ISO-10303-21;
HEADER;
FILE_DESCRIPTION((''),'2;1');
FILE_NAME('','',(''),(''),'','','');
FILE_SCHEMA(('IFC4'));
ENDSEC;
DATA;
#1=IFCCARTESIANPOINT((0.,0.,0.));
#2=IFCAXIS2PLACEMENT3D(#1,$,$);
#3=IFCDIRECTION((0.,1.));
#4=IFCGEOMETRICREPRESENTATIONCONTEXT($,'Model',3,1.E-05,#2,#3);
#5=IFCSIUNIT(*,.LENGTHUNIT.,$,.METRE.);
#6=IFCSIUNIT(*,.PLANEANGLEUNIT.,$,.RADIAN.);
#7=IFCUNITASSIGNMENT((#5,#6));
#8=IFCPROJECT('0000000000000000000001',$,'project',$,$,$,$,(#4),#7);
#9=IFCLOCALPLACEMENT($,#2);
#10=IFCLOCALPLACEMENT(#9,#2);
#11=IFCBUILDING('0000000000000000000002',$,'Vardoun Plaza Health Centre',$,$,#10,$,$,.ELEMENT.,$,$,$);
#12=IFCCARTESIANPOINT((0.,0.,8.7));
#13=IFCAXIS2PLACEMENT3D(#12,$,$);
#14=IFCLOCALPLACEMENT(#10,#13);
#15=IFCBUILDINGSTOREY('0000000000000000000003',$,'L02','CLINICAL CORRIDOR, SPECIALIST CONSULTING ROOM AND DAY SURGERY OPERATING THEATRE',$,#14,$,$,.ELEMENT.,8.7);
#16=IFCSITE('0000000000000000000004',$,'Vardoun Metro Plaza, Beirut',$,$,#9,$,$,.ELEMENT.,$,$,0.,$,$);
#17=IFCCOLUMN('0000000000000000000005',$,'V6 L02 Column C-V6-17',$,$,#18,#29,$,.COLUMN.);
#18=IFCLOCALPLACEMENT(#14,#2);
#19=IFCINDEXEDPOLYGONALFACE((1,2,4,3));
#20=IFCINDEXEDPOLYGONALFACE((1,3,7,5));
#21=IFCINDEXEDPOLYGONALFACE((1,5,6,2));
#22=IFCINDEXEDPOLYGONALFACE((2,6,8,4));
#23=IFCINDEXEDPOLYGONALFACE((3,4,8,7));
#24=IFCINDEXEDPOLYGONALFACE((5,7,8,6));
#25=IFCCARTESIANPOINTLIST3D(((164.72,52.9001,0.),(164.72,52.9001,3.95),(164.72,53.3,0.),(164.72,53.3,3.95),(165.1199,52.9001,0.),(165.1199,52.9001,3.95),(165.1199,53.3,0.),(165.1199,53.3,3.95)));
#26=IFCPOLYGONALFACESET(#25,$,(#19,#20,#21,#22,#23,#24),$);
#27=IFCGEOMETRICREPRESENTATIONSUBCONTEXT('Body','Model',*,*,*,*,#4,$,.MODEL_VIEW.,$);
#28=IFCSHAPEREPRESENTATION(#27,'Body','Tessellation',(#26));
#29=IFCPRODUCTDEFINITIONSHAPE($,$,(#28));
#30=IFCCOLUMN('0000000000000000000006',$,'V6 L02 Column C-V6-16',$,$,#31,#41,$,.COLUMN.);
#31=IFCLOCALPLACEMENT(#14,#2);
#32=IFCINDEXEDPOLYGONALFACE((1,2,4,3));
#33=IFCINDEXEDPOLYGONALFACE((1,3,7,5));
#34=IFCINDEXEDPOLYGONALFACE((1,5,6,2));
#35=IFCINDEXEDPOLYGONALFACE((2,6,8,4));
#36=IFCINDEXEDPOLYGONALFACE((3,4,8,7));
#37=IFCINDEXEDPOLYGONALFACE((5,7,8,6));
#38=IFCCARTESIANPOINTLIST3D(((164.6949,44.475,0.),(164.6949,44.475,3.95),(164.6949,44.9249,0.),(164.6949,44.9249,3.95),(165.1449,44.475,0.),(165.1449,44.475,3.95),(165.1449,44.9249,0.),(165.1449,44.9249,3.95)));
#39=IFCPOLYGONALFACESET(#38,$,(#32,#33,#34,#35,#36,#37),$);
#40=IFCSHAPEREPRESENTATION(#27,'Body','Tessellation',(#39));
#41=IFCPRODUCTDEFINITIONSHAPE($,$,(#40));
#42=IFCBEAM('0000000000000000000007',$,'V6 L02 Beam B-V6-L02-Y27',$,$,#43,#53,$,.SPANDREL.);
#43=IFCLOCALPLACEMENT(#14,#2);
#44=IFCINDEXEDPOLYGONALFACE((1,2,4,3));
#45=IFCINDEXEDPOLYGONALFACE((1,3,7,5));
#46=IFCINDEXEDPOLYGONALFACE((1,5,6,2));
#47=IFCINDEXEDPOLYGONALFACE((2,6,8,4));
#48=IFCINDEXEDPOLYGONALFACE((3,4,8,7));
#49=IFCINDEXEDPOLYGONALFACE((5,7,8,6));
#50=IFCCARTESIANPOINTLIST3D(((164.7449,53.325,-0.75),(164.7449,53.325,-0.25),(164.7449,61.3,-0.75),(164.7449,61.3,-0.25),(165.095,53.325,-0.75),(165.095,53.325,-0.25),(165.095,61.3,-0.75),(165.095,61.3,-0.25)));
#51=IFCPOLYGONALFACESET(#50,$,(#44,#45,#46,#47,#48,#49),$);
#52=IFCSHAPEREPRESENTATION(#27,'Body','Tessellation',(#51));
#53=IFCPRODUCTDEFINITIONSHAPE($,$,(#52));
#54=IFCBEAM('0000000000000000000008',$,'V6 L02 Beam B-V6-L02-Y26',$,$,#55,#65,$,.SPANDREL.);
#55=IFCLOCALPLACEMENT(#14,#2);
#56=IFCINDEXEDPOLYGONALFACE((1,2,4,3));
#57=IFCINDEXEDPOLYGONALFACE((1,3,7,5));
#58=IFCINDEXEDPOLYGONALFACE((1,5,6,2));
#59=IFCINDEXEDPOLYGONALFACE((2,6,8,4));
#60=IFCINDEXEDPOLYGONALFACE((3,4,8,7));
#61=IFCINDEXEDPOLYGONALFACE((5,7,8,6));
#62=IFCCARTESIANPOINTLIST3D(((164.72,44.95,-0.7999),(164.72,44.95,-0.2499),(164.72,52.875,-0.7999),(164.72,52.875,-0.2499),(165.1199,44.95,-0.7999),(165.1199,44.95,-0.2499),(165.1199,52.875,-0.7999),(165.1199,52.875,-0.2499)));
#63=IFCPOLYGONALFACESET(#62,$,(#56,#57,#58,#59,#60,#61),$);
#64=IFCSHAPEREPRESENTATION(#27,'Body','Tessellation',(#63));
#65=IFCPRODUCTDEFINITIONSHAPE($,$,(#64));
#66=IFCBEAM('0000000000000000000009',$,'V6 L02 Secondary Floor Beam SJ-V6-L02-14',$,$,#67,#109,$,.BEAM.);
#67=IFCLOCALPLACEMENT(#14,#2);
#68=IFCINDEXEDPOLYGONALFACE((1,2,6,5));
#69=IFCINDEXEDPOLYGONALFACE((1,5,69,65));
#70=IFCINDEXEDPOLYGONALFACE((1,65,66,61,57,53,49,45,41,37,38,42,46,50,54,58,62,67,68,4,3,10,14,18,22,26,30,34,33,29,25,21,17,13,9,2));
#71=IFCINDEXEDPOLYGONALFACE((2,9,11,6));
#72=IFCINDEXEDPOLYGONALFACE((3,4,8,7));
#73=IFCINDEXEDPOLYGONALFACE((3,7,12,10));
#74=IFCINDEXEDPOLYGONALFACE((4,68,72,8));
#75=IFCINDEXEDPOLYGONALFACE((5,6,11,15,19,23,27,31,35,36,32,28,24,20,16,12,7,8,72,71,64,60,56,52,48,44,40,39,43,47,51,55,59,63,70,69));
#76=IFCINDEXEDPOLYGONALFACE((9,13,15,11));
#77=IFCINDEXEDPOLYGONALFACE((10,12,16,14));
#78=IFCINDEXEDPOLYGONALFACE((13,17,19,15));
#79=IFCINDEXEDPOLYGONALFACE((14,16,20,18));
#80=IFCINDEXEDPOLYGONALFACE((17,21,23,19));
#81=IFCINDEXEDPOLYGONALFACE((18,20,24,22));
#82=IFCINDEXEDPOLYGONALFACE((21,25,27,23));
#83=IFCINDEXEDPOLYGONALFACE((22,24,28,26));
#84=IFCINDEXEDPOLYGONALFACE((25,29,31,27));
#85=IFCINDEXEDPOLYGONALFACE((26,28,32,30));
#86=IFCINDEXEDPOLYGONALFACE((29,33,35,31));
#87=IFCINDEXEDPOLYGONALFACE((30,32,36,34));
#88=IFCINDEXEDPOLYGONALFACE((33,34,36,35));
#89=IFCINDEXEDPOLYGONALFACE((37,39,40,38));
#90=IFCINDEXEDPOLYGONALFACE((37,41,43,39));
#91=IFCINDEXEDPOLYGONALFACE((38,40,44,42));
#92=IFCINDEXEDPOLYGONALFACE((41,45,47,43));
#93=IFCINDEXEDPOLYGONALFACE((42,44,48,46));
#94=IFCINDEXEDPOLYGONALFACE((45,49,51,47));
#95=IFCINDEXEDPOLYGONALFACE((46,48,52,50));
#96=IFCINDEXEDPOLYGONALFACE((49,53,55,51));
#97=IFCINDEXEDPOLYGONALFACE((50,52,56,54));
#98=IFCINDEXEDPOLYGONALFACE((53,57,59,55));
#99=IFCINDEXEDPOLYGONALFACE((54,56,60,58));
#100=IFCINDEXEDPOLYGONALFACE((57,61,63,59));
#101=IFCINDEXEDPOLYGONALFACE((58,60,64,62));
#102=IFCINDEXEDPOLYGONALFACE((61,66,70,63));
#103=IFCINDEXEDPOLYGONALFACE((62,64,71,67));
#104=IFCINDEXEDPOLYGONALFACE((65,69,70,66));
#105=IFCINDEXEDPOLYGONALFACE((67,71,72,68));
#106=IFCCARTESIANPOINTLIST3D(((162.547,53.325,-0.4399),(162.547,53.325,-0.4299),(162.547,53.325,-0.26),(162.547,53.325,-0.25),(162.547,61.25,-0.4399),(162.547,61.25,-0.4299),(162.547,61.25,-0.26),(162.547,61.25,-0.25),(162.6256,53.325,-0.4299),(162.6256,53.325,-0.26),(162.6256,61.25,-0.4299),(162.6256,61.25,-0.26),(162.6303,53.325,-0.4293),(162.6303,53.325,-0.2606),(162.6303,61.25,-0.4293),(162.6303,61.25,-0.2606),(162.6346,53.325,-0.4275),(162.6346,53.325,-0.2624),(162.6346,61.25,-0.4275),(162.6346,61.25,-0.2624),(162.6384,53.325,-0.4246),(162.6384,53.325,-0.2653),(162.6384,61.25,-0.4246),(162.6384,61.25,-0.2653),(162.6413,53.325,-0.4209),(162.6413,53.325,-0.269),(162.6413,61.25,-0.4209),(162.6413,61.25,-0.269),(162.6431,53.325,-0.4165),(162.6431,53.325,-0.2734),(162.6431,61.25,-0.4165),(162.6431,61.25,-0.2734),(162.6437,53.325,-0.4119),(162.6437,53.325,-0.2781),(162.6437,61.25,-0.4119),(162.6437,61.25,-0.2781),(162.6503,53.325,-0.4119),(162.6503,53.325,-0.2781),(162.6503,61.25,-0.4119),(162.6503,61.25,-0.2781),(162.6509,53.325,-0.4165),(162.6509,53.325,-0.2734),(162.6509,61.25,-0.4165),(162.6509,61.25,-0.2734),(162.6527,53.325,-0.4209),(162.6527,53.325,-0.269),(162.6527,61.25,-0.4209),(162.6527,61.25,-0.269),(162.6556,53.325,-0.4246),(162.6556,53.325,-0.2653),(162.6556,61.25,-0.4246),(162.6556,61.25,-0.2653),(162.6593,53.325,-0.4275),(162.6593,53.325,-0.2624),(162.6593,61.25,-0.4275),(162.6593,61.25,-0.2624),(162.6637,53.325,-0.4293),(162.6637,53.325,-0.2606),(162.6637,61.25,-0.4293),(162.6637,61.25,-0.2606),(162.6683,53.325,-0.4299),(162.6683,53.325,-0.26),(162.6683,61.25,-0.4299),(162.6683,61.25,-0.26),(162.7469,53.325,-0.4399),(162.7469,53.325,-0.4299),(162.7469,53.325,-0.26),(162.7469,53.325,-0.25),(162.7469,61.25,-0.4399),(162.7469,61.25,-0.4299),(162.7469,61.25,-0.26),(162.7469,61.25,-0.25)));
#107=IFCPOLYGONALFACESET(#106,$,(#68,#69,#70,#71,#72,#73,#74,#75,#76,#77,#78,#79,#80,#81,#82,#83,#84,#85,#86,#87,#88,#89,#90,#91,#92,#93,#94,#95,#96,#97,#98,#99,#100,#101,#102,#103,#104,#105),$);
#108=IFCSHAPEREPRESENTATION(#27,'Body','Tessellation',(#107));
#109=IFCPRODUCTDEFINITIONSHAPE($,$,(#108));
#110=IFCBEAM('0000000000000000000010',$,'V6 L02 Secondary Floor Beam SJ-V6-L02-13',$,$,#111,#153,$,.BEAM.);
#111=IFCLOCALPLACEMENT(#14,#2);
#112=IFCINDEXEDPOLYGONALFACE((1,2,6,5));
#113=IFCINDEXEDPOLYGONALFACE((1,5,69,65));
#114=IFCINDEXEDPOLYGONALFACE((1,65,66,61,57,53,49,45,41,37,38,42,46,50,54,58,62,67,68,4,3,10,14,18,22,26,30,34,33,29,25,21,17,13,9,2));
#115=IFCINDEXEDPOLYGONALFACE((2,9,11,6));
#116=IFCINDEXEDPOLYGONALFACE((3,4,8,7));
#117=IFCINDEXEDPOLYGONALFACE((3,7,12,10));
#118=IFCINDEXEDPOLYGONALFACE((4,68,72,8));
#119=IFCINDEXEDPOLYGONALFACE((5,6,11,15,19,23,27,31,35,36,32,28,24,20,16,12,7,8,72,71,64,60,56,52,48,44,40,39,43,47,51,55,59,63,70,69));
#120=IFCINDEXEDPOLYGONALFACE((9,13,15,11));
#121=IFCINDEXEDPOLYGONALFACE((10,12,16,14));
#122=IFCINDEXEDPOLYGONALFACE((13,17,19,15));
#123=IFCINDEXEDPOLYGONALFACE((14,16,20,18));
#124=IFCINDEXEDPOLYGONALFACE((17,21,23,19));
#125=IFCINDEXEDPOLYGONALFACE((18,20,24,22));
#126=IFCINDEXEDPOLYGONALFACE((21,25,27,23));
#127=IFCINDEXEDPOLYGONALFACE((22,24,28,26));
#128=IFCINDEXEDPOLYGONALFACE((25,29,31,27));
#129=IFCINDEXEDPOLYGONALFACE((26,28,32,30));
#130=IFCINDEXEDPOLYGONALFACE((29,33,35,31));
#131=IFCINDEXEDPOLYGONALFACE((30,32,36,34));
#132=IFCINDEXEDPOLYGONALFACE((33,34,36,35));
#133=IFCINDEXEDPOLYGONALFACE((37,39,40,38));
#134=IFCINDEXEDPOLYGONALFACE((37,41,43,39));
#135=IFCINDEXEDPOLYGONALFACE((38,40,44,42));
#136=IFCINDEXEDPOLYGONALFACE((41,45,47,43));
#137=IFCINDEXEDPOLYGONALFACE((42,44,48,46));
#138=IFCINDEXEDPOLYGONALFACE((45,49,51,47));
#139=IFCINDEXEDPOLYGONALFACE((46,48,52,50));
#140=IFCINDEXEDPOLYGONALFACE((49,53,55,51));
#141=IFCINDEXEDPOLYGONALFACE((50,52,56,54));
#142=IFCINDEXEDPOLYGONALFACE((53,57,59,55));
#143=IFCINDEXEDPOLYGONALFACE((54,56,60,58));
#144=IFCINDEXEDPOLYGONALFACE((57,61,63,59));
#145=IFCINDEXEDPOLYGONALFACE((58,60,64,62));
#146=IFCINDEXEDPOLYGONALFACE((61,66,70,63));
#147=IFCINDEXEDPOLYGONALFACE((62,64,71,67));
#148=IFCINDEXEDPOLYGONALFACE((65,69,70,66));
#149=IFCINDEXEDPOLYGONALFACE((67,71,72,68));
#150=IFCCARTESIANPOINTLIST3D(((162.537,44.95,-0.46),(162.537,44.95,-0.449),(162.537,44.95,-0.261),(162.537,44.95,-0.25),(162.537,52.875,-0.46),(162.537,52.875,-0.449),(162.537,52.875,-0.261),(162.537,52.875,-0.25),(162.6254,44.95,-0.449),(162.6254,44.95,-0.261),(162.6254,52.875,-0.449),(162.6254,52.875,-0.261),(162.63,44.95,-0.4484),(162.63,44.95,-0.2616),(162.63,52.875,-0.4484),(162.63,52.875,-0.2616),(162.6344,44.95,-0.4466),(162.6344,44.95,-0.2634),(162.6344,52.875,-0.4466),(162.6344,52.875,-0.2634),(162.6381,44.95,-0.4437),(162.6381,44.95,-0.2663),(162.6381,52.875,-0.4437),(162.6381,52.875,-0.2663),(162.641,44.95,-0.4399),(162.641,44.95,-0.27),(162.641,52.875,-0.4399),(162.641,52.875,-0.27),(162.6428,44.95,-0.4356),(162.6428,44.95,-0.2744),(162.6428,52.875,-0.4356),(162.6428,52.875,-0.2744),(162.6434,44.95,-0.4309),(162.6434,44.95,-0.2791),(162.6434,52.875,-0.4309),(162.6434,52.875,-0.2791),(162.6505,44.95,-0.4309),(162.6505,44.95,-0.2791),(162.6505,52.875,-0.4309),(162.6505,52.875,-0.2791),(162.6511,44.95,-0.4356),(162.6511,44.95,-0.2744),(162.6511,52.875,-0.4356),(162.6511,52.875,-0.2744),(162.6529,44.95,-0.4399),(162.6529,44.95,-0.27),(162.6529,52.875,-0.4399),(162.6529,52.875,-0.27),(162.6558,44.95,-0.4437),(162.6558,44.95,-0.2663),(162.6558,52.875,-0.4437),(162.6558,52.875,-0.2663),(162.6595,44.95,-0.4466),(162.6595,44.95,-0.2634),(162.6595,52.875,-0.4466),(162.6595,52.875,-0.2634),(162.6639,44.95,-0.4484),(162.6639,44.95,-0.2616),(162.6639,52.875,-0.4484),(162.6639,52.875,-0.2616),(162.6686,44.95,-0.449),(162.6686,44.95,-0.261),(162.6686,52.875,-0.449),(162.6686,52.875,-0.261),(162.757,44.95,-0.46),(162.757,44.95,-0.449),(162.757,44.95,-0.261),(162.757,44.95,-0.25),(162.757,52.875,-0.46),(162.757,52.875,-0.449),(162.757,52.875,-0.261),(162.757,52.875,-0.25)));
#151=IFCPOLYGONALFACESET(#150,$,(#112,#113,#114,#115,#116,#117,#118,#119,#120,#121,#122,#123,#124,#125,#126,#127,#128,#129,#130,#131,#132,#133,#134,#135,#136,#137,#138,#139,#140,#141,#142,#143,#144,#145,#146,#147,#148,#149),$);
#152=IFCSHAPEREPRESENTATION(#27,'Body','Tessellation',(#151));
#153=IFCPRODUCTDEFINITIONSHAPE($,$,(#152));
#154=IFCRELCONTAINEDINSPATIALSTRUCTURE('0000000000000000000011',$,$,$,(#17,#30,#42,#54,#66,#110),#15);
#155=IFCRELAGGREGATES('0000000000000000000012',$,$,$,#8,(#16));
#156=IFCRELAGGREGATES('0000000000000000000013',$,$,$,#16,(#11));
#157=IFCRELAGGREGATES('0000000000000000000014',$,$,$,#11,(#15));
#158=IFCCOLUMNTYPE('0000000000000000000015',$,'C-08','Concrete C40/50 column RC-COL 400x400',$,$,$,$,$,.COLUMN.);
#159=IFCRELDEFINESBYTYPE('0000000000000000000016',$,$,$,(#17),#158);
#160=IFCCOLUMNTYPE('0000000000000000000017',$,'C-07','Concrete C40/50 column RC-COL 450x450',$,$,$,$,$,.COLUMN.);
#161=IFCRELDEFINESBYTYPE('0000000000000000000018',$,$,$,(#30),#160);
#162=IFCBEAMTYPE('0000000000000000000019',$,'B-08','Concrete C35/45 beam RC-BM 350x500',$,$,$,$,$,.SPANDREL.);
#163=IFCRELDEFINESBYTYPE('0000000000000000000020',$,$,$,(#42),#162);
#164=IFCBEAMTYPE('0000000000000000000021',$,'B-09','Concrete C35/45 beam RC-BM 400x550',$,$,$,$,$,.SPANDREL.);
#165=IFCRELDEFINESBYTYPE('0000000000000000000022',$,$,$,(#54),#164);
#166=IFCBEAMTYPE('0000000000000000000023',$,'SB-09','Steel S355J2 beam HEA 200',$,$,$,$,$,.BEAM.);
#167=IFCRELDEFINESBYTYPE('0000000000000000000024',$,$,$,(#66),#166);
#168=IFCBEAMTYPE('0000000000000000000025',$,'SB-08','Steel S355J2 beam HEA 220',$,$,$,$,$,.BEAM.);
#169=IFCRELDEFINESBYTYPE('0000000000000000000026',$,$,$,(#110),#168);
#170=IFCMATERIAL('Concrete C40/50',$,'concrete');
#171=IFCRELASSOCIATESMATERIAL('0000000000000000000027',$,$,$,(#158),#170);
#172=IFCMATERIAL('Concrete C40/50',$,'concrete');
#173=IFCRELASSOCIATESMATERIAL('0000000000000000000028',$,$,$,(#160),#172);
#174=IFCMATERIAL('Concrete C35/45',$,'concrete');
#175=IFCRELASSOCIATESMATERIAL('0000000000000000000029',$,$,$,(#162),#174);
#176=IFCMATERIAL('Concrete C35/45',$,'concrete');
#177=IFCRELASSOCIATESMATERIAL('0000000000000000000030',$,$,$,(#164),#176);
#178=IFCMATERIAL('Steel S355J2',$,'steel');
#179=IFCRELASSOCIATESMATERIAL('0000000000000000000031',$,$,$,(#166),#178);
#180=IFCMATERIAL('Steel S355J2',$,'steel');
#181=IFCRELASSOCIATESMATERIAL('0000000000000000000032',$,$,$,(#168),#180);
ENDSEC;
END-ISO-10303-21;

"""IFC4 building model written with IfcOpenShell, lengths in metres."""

from ifc_helpers import new_model, si_unit, direction, frame, origin, origin_2d, place, context, subcontext, project, spatial, rectangle, i_section, extrude, material, material_profile, profile_set, type_object, element, save


model = new_model("IFC4")

# Units and contexts
model_context = context("Model", 3, precision=1e-05, world=origin(), true_north=direction((0.0, 1.0)))
body_context = subcontext(model_context, "Body", "Model", "MODEL_VIEW")
ifc_project = project(units=[si_unit("LENGTHUNIT", "METRE"), si_unit("PLANEANGLEUNIT", "RADIAN")], contexts=[model_context])

# Site, building, storey
site_placement = place(None, origin())
site = spatial("IfcSite", under=ifc_project, at=site_placement, Name="Vardoun Metro Plaza, Beirut", CompositionType="ELEMENT", RefElevation=0.0)
building_placement = place(site_placement, origin())
building = spatial("IfcBuilding", under=site, at=building_placement, Name="Vardoun Plaza Health Centre", CompositionType="ELEMENT")
storey_placement = place(building_placement, frame((0.0, 0.0, 8.7)))
storey = spatial("IfcBuildingStorey", under=building, at=storey_placement, Name="L02", Description="CLINICAL CORRIDOR, SPECIALIST CONSULTING ROOM AND DAY SURGERY OPERATING THEATRE", CompositionType="ELEMENT", Elevation=8.7)

# Columns
ifc_material_1 = material(Name="Concrete C40/50", Category="concrete")
ifc_material_profile_1 = material_profile(ifc_material_1, rectangle(XDim=0.3999, YDim=0.3999, at=origin_2d()), Name="RC-COL 400x400")
ifc_profile_set_1 = profile_set([ifc_material_profile_1], Name="Concrete C40/50")
column_type_1 = type_object("IfcColumnType", Name="C-08", Description="Concrete C40/50 column RC-COL 400x400", PredefinedType="COLUMN", material=ifc_profile_set_1)
column_1_placement = place(storey_placement, frame((164.9199, 53.1001, 0.0), z_axis=(0.0, 0.0, 1.0), x_axis=(1.0, 0.0, 0.0)))
element("IfcColumn", 1, at=column_1_placement, inside=storey, type_object=column_type_1, Name="V6 L02 Column C-V6-17", PredefinedType="COLUMN", context=body_context, shape_type="SweptSolid", body=[
    extrude(rectangle(XDim=0.3999, YDim=0.3999, at=origin_2d()), origin(), (0.0, 0.0, 1.0), 3.95),
])
ifc_material_2 = material(Name="Concrete C40/50", Category="concrete")
ifc_material_profile_2 = material_profile(ifc_material_2, rectangle(XDim=0.45, YDim=0.45, at=origin_2d()), Name="RC-COL 450x450")
ifc_profile_set_2 = profile_set([ifc_material_profile_2], Name="Concrete C40/50")
column_type_2 = type_object("IfcColumnType", Name="C-07", Description="Concrete C40/50 column RC-COL 450x450", PredefinedType="COLUMN", material=ifc_profile_set_2)
column_2_placement = place(storey_placement, frame((164.9199, 44.7, 0.0), z_axis=(0.0, 0.0, 1.0), x_axis=(1.0, 0.0, 0.0)))
element("IfcColumn", 2, at=column_2_placement, inside=storey, type_object=column_type_2, Name="V6 L02 Column C-V6-16", PredefinedType="COLUMN", context=body_context, shape_type="SweptSolid", body=[
    extrude(rectangle(XDim=0.45, YDim=0.45, at=origin_2d()), origin(), (0.0, 0.0, 1.0), 3.95),
])

# Beams
ifc_material_3 = material(Name="Concrete C35/45", Category="concrete")
ifc_material_profile_3 = material_profile(ifc_material_3, rectangle(XDim=0.3501, YDim=0.5, at=origin_2d()), Name="RC-BM 350x500")
ifc_profile_set_3 = profile_set([ifc_material_profile_3], Name="Concrete C35/45")
beam_type_1 = type_object("IfcBeamType", Name="B-08", Description="Concrete C35/45 beam RC-BM 350x500", PredefinedType="SPANDREL", material=ifc_profile_set_3)
beam_1_placement = place(storey_placement, frame((164.9199, 53.325, -0.5), z_axis=(0.0, 1.0, 0.0), x_axis=(-1.0, 0.0, 0.0)))
element("IfcBeam", 3, at=beam_1_placement, inside=storey, type_object=beam_type_1, Name="V6 L02 Beam B-V6-L02-Y27", PredefinedType="SPANDREL", context=body_context, shape_type="SweptSolid", body=[
    extrude(rectangle(XDim=0.3501, YDim=0.5, at=origin_2d()), origin(), (0.0, 0.0, 1.0), 7.9751),
])
ifc_material_4 = material(Name="Concrete C35/45", Category="concrete")
ifc_material_profile_4 = material_profile(ifc_material_4, rectangle(XDim=0.3999, YDim=0.55, at=origin_2d()), Name="RC-BM 400x550")
ifc_profile_set_4 = profile_set([ifc_material_profile_4], Name="Concrete C35/45")
beam_type_2 = type_object("IfcBeamType", Name="B-09", Description="Concrete C35/45 beam RC-BM 400x550", PredefinedType="SPANDREL", material=ifc_profile_set_4)
beam_2_placement = place(storey_placement, frame((164.9199, 44.95, -0.5249), z_axis=(0.0, 1.0, 0.0), x_axis=(-1.0, 0.0, 0.0)))
element("IfcBeam", 4, at=beam_2_placement, inside=storey, type_object=beam_type_2, Name="V6 L02 Beam B-V6-L02-Y26", PredefinedType="SPANDREL", context=body_context, shape_type="SweptSolid", body=[
    extrude(rectangle(XDim=0.3999, YDim=0.55, at=origin_2d()), origin(), (0.0, 0.0, 1.0), 7.925),
])
ifc_material_5 = material(Name="Steel S355J2", Category="steel")
ifc_material_profile_5 = material_profile(ifc_material_5, i_section(OverallWidth=0.2, OverallDepth=0.1899, WebThickness=0.0066, FlangeThickness=0.01, FilletRadius=0.0181, at=origin_2d()), Name="HEA 200")
ifc_profile_set_5 = profile_set([ifc_material_profile_5], Name="Steel S355J2")
beam_type_3 = type_object("IfcBeamType", Name="SB-09", Description="Steel S355J2 beam HEA 200", PredefinedType="BEAM", material=ifc_profile_set_5)
beam_3_placement = place(storey_placement, frame((162.647, 53.325, -0.345), z_axis=(0.0, 1.0, 0.0), x_axis=(-1.0, 0.0, 0.0)))
element("IfcBeam", 5, at=beam_3_placement, inside=storey, type_object=beam_type_3, Name="V6 L02 Secondary Floor Beam SJ-V6-L02-14", PredefinedType="BEAM", context=body_context, shape_type="SweptSolid", body=[
    extrude(i_section(OverallWidth=0.2, OverallDepth=0.1899, WebThickness=0.0066, FlangeThickness=0.01, FilletRadius=0.0181, at=origin_2d()), origin(), (0.0, 0.0, 1.0), 7.925),
])
ifc_material_6 = material(Name="Steel S355J2", Category="steel")
ifc_material_profile_6 = material_profile(ifc_material_6, i_section(OverallWidth=0.22, OverallDepth=0.21, WebThickness=0.0071, FlangeThickness=0.011, FilletRadius=0.0181, at=origin_2d()), Name="HEA 220")
ifc_profile_set_6 = profile_set([ifc_material_profile_6], Name="Steel S355J2")
beam_type_4 = type_object("IfcBeamType", Name="SB-08", Description="Steel S355J2 beam HEA 220", PredefinedType="BEAM", material=ifc_profile_set_6)
beam_4_placement = place(storey_placement, frame((162.647, 44.95, -0.355), z_axis=(0.0, 1.0, 0.0), x_axis=(-1.0, 0.0, 0.0)))
element("IfcBeam", 6, at=beam_4_placement, inside=storey, type_object=beam_type_4, Name="V6 L02 Secondary Floor Beam SJ-V6-L02-13", PredefinedType="BEAM", context=body_context, shape_type="SweptSolid", body=[
    extrude(i_section(OverallWidth=0.22, OverallDepth=0.21, WebThickness=0.0071, FlangeThickness=0.011, FilletRadius=0.0181, at=origin_2d()), origin(), (0.0, 0.0, 1.0), 7.925),
])

save(model, "model.ifc")
